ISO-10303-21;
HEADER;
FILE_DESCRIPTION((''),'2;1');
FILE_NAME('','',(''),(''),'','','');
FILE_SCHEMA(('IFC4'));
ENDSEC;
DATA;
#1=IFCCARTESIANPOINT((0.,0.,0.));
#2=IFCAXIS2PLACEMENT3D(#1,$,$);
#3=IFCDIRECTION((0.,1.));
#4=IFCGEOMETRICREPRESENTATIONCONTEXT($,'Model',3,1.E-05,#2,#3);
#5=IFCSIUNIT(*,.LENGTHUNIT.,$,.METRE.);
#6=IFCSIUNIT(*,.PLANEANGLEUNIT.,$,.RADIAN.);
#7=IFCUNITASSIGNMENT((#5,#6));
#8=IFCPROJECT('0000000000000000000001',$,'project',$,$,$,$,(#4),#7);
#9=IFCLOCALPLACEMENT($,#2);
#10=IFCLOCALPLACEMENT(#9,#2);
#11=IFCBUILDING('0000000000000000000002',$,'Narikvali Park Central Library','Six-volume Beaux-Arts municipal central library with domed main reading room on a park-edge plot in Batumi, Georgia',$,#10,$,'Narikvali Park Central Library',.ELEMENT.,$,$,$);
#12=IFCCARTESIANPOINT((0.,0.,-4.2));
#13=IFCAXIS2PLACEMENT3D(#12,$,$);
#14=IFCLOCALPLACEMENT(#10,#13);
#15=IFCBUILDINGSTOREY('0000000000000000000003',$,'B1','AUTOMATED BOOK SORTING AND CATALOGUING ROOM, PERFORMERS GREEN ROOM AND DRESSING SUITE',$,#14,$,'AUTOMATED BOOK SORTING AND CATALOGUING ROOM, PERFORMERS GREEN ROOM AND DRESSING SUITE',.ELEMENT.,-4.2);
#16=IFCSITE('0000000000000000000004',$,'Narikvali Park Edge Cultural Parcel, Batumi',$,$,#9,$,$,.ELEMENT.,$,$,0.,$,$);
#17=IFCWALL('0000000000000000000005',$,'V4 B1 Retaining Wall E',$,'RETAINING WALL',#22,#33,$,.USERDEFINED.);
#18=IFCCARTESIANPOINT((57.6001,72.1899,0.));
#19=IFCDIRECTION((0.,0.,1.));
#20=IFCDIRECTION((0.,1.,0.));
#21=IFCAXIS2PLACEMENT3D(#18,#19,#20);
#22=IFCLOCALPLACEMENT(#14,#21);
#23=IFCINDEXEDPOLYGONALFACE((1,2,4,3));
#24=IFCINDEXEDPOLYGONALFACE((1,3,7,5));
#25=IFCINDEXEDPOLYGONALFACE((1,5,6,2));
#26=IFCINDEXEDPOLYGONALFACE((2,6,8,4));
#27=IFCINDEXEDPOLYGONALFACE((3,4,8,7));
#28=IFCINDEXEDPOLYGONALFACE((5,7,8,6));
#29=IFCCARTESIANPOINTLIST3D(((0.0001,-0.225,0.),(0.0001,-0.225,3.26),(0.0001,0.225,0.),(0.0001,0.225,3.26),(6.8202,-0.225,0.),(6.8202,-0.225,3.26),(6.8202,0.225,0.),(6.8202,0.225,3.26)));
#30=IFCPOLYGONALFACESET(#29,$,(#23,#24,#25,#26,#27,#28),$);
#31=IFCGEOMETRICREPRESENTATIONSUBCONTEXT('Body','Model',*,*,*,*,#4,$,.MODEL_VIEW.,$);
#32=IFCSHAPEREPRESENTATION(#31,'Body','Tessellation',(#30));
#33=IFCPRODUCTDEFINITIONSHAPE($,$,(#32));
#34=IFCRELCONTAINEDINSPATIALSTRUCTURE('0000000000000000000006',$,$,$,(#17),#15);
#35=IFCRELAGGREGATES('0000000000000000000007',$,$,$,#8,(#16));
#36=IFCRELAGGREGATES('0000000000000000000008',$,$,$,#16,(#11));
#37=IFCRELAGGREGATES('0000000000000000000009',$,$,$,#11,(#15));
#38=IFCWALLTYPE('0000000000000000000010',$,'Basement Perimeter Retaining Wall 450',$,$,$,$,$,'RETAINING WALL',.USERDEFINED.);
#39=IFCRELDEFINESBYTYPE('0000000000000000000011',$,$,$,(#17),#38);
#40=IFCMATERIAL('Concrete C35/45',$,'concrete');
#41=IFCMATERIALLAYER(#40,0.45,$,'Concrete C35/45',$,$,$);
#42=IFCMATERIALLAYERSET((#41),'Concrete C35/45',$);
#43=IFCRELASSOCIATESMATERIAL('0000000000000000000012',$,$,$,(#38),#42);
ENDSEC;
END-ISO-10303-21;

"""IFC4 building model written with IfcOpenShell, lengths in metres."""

from ifc_helpers import new_model, si_unit, direction, frame, frame_2d, origin, place, context, subcontext, project, spatial, rectangle, extrude, material, layer, layer_set, type_object, element, save


model = new_model("IFC4")

# Units and contexts
model_context = context("Model", 3, precision=1e-05, world=origin(), true_north=direction((0.0, 1.0)))
body_context = subcontext(model_context, "Body", "Model", "MODEL_VIEW")
ifc_project = project(units=[si_unit("LENGTHUNIT", "METRE"), si_unit("PLANEANGLEUNIT", "RADIAN")], contexts=[model_context])

# Site, building, storey
site_placement = place(None, origin())
site = spatial("IfcSite", under=ifc_project, at=site_placement, Name="Narikvali Park Edge Cultural Parcel, Batumi", CompositionType="ELEMENT", RefElevation=0.0)
building_placement = place(site_placement, origin())
building = spatial("IfcBuilding", under=site, at=building_placement, Name="Narikvali Park Central Library", Description="Six-volume Beaux-Arts municipal central library with domed main reading room on a park-edge plot in Batumi, Georgia", LongName="Narikvali Park Central Library", CompositionType="ELEMENT")
storey_placement = place(building_placement, frame((0.0, 0.0, -4.2)))
storey = spatial("IfcBuildingStorey", under=building, at=storey_placement, Name="B1", Description="AUTOMATED BOOK SORTING AND CATALOGUING ROOM, PERFORMERS GREEN ROOM AND DRESSING SUITE", LongName="AUTOMATED BOOK SORTING AND CATALOGUING ROOM, PERFORMERS GREEN ROOM AND DRESSING SUITE", CompositionType="ELEMENT", Elevation=-4.2)

# Shared definitions
ifc_material_1 = material(Name="Concrete C35/45", Category="concrete")

# Wall
ifc_layer_1 = layer(ifc_material_1, 0.45, Name="Concrete C35/45")
ifc_layer_set_1 = layer_set([ifc_layer_1], Name="Concrete C35/45")
wall_type_1 = type_object("IfcWallType", Name="Basement Perimeter Retaining Wall 450", ElementType="RETAINING WALL", PredefinedType="USERDEFINED", material=ifc_layer_set_1)
wall_1_placement = place(storey_placement, frame((57.6001, 72.1899, 0.0), z_axis=(0.0, 0.0, 1.0), x_axis=(0.0, 1.0, 0.0)))
element("IfcWall", 1, at=wall_1_placement, inside=storey, type_object=wall_type_1, Name="V4 B1 Retaining Wall E", ObjectType="RETAINING WALL", PredefinedType="USERDEFINED", context=body_context, shape_type="SweptSolid", body=[
    extrude(rectangle(XDim=6.8201, YDim=0.45, at=frame_2d((3.4102, 0.0))), origin(), (0.0, 0.0, 1.0), 3.26),
])

save(model, "model.ifc")
